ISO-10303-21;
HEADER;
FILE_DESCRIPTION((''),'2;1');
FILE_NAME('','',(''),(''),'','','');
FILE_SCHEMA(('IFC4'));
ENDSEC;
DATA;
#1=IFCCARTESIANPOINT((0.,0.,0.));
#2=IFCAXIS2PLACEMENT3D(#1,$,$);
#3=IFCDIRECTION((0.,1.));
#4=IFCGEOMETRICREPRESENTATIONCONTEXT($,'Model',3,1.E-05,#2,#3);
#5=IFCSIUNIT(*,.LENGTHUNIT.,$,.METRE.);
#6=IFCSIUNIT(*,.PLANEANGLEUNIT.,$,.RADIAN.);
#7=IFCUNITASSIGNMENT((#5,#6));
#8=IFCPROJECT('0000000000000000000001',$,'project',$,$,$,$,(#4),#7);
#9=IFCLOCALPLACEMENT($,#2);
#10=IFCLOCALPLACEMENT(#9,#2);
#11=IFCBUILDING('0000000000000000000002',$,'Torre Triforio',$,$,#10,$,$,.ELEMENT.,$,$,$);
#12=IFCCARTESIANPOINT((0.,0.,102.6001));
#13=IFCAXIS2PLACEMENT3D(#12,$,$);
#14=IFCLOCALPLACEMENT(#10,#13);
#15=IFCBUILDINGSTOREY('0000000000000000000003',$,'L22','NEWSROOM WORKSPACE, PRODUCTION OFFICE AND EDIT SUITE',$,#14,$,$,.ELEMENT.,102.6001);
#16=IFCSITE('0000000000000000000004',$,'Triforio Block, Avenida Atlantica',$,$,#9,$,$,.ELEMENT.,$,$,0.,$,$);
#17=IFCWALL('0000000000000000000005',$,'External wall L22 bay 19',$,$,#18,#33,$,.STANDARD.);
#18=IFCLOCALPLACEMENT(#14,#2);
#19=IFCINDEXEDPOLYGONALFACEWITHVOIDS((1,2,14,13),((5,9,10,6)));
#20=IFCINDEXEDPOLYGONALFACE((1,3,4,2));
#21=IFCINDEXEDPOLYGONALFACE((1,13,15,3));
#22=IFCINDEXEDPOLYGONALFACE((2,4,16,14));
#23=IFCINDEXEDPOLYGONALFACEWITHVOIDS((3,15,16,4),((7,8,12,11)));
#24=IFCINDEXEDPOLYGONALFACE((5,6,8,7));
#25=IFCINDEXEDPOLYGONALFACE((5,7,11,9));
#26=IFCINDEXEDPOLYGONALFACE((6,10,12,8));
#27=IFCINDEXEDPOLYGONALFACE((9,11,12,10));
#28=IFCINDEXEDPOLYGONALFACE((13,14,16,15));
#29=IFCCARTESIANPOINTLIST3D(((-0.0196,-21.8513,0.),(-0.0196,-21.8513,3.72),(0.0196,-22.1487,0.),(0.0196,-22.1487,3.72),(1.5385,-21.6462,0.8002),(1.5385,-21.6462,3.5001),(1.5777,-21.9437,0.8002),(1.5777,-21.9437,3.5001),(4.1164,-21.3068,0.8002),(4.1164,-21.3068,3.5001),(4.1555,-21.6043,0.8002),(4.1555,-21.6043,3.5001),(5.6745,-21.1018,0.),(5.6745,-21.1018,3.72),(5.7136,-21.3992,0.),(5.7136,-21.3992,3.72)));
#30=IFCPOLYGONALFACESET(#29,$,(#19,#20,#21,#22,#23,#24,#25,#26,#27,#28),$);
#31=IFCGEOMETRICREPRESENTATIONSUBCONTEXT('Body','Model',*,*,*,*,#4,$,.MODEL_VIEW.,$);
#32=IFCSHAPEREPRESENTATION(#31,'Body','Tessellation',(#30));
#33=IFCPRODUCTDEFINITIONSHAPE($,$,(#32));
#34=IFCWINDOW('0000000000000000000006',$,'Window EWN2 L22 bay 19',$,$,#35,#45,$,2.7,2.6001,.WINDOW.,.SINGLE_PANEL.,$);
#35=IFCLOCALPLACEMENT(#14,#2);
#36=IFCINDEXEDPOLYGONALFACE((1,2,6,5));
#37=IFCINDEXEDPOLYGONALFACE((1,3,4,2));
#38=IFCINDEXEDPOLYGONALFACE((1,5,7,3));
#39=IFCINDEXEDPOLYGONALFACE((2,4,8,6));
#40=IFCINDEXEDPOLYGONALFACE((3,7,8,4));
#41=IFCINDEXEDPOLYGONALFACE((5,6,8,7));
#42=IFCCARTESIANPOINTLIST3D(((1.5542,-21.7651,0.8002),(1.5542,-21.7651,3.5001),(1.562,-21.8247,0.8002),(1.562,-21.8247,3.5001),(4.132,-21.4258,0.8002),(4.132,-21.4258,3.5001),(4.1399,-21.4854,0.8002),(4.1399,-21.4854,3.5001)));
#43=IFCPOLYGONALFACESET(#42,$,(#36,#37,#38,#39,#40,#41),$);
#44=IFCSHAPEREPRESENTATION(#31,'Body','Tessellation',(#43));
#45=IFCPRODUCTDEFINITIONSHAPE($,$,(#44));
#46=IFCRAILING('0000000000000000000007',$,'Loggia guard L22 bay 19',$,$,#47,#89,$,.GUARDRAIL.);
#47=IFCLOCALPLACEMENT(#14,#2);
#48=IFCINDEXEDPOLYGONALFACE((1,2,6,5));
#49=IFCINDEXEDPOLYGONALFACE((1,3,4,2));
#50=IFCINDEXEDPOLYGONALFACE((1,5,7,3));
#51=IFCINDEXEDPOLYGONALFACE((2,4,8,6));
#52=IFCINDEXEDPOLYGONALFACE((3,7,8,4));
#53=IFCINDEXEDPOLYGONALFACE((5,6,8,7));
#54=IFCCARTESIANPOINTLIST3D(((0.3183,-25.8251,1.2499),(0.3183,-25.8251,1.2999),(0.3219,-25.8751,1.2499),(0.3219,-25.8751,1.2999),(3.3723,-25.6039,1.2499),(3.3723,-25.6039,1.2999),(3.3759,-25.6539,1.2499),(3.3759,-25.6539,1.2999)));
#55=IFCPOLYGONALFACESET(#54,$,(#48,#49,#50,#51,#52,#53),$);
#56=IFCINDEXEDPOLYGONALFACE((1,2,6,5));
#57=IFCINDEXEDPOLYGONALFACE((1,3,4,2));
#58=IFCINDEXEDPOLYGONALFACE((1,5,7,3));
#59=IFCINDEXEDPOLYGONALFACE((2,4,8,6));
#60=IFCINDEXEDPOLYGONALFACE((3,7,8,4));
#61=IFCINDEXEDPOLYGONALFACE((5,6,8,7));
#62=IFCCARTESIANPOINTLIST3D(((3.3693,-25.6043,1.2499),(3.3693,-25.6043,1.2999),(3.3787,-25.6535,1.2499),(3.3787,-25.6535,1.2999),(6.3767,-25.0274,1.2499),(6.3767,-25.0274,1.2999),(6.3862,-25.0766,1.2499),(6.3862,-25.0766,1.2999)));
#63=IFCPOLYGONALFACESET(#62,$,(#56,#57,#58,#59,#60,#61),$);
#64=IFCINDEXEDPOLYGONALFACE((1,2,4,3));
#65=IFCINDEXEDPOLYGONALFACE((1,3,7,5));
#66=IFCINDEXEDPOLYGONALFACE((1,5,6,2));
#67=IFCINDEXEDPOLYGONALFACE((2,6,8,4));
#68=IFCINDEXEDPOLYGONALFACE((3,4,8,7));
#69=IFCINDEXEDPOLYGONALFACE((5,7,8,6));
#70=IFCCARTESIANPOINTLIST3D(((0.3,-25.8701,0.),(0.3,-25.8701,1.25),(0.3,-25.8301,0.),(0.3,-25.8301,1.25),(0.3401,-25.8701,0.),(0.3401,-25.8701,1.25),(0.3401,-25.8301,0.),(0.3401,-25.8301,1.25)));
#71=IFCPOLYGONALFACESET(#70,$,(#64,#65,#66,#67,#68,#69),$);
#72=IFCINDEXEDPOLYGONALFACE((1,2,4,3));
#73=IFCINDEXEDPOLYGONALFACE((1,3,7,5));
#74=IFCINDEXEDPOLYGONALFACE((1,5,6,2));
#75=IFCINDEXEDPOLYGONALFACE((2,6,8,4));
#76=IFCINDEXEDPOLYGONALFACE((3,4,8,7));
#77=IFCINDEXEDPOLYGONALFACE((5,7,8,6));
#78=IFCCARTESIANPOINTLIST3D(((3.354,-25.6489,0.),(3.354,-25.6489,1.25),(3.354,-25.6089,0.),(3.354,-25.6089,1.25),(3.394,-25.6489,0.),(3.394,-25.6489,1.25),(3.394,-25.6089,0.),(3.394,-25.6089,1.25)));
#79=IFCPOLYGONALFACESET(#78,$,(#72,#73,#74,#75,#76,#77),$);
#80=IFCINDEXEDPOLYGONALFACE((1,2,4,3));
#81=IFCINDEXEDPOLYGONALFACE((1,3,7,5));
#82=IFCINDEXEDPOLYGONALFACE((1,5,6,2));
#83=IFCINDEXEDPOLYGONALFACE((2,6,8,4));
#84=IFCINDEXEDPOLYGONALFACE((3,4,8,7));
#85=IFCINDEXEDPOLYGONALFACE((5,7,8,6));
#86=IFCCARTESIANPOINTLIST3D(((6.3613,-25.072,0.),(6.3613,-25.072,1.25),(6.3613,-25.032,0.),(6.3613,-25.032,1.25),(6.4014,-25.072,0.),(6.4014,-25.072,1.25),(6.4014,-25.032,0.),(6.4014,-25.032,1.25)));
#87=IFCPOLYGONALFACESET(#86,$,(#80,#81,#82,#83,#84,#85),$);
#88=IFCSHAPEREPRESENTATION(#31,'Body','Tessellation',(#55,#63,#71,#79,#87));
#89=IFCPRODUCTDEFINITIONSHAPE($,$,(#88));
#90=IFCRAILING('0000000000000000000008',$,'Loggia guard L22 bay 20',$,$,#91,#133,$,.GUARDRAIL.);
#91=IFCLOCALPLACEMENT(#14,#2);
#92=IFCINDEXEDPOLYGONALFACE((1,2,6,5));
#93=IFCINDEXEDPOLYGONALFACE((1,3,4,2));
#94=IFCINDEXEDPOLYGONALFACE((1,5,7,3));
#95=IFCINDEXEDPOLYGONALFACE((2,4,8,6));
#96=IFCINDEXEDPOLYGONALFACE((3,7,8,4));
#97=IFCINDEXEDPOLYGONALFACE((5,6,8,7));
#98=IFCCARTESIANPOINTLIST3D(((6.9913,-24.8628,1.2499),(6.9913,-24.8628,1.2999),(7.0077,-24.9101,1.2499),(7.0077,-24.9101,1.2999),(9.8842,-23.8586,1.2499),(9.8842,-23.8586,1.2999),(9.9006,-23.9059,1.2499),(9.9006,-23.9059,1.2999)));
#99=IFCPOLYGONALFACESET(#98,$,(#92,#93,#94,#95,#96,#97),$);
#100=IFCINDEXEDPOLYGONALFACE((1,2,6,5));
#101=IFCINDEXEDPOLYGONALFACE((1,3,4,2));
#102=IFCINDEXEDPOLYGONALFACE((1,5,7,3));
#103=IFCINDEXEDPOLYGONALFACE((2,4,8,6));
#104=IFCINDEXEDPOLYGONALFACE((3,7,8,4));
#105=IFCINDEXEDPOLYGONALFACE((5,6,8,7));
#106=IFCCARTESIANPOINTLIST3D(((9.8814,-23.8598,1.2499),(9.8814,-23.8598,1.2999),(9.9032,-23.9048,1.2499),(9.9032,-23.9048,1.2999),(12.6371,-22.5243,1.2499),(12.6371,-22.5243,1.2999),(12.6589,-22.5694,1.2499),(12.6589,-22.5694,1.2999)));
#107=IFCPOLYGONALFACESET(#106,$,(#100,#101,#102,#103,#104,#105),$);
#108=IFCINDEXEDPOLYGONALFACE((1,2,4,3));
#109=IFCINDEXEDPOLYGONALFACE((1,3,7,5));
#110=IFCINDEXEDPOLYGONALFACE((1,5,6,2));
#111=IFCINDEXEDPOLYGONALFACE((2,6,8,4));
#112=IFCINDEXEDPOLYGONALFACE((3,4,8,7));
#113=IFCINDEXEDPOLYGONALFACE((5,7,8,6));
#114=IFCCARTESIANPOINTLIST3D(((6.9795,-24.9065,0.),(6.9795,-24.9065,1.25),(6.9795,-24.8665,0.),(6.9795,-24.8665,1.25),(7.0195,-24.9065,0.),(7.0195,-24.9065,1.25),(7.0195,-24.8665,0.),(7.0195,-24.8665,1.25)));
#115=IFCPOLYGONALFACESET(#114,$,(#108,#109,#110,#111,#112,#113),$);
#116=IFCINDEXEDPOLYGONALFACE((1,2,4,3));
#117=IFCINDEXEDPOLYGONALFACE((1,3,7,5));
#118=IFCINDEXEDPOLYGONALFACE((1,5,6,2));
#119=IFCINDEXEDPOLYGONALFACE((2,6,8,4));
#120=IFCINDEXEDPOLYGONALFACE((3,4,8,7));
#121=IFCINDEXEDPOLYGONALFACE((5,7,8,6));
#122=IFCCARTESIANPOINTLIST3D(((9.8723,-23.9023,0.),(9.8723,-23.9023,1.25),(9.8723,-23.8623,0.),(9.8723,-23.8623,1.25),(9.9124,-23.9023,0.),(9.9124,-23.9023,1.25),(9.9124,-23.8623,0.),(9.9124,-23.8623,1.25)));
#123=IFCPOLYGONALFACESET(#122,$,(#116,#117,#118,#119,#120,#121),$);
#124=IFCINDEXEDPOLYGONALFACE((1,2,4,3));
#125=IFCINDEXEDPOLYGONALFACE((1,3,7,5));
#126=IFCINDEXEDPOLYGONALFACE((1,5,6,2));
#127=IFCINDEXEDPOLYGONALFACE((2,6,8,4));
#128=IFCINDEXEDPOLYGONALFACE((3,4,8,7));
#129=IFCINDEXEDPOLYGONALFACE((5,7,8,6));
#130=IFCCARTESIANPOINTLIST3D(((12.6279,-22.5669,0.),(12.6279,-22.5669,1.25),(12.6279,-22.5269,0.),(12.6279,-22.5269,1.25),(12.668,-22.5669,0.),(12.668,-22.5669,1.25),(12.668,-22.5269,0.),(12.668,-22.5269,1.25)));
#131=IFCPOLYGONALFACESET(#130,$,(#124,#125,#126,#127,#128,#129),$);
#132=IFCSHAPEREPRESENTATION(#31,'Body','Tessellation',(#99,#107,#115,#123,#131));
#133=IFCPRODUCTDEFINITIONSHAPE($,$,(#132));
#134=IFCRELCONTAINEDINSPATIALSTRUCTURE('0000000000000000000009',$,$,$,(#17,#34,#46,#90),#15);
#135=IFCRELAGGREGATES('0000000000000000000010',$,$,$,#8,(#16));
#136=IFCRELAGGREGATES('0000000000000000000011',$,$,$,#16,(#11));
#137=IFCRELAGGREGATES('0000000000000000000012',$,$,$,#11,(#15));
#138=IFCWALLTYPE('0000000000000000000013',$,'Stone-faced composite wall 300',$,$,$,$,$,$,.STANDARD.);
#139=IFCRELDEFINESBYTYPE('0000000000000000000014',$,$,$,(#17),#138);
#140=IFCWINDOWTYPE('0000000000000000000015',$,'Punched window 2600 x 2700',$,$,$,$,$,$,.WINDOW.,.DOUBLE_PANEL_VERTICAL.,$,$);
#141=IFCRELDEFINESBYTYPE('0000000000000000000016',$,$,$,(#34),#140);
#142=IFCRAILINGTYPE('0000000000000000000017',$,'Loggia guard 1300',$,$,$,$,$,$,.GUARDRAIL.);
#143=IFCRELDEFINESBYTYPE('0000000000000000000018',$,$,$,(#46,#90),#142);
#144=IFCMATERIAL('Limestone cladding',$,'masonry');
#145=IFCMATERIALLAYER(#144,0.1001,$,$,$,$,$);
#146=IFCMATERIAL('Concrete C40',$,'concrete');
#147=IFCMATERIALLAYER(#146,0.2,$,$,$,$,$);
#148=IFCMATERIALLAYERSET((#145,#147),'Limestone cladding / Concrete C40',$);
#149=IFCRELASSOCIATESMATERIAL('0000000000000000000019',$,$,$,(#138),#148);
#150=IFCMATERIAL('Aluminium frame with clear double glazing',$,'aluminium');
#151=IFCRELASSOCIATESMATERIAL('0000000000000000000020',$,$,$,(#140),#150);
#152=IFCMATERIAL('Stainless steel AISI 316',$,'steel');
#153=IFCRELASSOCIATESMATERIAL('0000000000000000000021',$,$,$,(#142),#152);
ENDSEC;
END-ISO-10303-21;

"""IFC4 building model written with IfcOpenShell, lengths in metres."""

from ifc_helpers import new_model, si_unit, direction, frame, frame_2d, origin, origin_2d, place, context, subcontext, project, spatial, rectangle, extrude, material, layer, layer_set, type_object, element, fill, save


model = new_model("IFC4")

# Units and contexts
model_context = context("Model", 3, precision=1e-05, world=origin(), true_north=direction((0.0, 1.0)))
body_context = subcontext(model_context, "Body", "Model", "MODEL_VIEW")
ifc_project = project(units=[si_unit("LENGTHUNIT", "METRE"), si_unit("PLANEANGLEUNIT", "RADIAN")], contexts=[model_context])

# Site, building, storey
site_placement = place(None, origin())
site = spatial("IfcSite", under=ifc_project, at=site_placement, Name="Triforio Block, Avenida Atlantica", CompositionType="ELEMENT", RefElevation=0.0)
building_placement = place(site_placement, origin())
building = spatial("IfcBuilding", under=site, at=building_placement, Name="Torre Triforio", CompositionType="ELEMENT")
storey_placement = place(building_placement, frame((0.0, 0.0, 102.6001)))
storey = spatial("IfcBuildingStorey", under=building, at=storey_placement, Name="L22", Description="NEWSROOM WORKSPACE, PRODUCTION OFFICE AND EDIT SUITE", CompositionType="ELEMENT", Elevation=102.6001)

# Wall, opening, window
ifc_material_1 = material(Name="Limestone cladding", Category="masonry")
ifc_layer_1 = layer(ifc_material_1, 0.1001)
ifc_material_2 = material(Name="Concrete C40", Category="concrete")
ifc_layer_2 = layer(ifc_material_2, 0.2)
ifc_layer_set_1 = layer_set([ifc_layer_1, ifc_layer_2], Name="Limestone cladding / Concrete C40")
wall_type_1 = type_object("IfcWallType", Name="Stone-faced composite wall 300", PredefinedType="STANDARD", material=ifc_layer_set_1)
wall_1_placement = place(storey_placement, frame((0.0, -22.0, 0.0), z_axis=(0.0, 0.0, 1.0), x_axis=(0.991448, 0.130504, 0.0)))
wall_1 = element("IfcWall", 1, at=wall_1_placement, inside=storey, type_object=wall_type_1, Name="External wall L22 bay 19", PredefinedType="STANDARD", context=body_context, shape_type="SweptSolid", body=[
    extrude(rectangle(XDim=5.7432, YDim=0.3, at=frame_2d((2.8716, 0.0))), origin(), (0.0, 0.0, 1.0), 3.72),
])
opening_1_placement = place(wall_1_placement, frame((1.5715, 0.0, 0.8)))
opening_1 = element("IfcOpeningElement", 2, at=opening_1_placement, cuts=wall_1, PredefinedType="OPENING", context=body_context, shape_type="SweptSolid", body=[
    extrude(rectangle(XDim=2.6001, YDim=2.7, at=frame_2d((1.3, 1.3501))), frame((0.0, 0.1599, 0.0), z_axis=(0.0, -1.0, 0.0), x_axis=(1.0, 0.0, 0.0)), (0.0, 0.0, 1.0), 0.3201),
])
ifc_material_3 = material(Name="Aluminium frame with clear double glazing", Category="aluminium")
window_type_1 = type_object("IfcWindowType", Name="Punched window 2600 x 2700", PartitioningType="DOUBLE_PANEL_VERTICAL", PredefinedType="WINDOW", material=ifc_material_3)
window_1_placement = place(opening_1_placement, origin())
window_1 = element("IfcWindow", 3, at=window_1_placement, inside=storey, type_object=window_type_1, Name="Window EWN2 L22 bay 19", OverallHeight=2.7, OverallWidth=2.6001, PartitioningType="SINGLE_PANEL", PredefinedType="WINDOW", context=body_context, shape_type="SweptSolid", body=[
    extrude(rectangle(XDim=2.6001, YDim=2.7, at=frame_2d((1.3, 1.3501))), frame((0.0, 0.03, 0.0), z_axis=(0.0, -1.0, 0.0), x_axis=(1.0, 0.0, 0.0)), (0.0, 0.0, 1.0), 0.0601),
])
fill(opening_1, window_1)

# Railings
ifc_material_4 = material(Name="Stainless steel AISI 316", Category="steel")
railing_type = type_object("IfcRailingType", Name="Loggia guard 1300", PredefinedType="GUARDRAIL", material=ifc_material_4)
railing_1_placement = place(storey_placement, frame((0.3201, -25.8501, 0.0)))
element("IfcRailing", 4, at=railing_1_placement, inside=storey, type_object=railing_type, Name="Loggia guard L22 bay 19", PredefinedType="GUARDRAIL", context=body_context, shape_type="SweptSolid", body=[
    extrude(rectangle(XDim=0.05, YDim=0.05, at=origin_2d()), frame((0.0, 0.0, 1.2749), z_axis=(0.997387, 0.072239, 0.0), x_axis=(-0.072239, 0.997387, 0.0)), (0.0, 0.0, 1.0), 3.062),
    extrude(rectangle(XDim=0.05, YDim=0.05, at=origin_2d()), frame((3.054, 0.2212, 1.2749), z_axis=(0.982093, 0.188398, 0.0), x_axis=(-0.188398, 0.982093, 0.0)), (0.0, 0.0, 1.0), 3.0623),
    extrude(rectangle(XDim=0.04, YDim=0.04, at=origin_2d()), origin(), (0.0, 0.0, 1.0), 1.25),
    extrude(rectangle(XDim=0.04, YDim=0.04, at=origin_2d()), frame((3.054, 0.2212, 0.0)), (0.0, 0.0, 1.0), 1.25),
    extrude(rectangle(XDim=0.04, YDim=0.04, at=origin_2d()), frame((6.0613, 0.7981, 0.0)), (0.0, 0.0, 1.0), 1.25),
])
railing_2_placement = place(storey_placement, frame((6.9995, -24.8865, 0.0)))
element("IfcRailing", 5, at=railing_2_placement, inside=storey, type_object=railing_type, Name="Loggia guard L22 bay 20", PredefinedType="GUARDRAIL", context=body_context, shape_type="SweptSolid", body=[
    extrude(rectangle(XDim=0.05, YDim=0.05, at=origin_2d()), frame((0.0, 0.0, 1.2749), z_axis=(0.944704, 0.327924, 0.0), x_axis=(-0.327924, 0.944704, 0.0)), (0.0, 0.0, 1.0), 3.0623),
    extrude(rectangle(XDim=0.05, YDim=0.05, at=origin_2d()), frame((2.8928, 1.0042, 1.2749), z_axis=(0.899892, 0.436113, 0.0), x_axis=(-0.436113, 0.899892, 0.0)), (0.0, 0.0, 1.0), 3.0623),
    extrude(rectangle(XDim=0.04, YDim=0.04, at=origin_2d()), origin(), (0.0, 0.0, 1.0), 1.25),
    extrude(rectangle(XDim=0.04, YDim=0.04, at=origin_2d()), frame((2.8928, 1.0042, 0.0)), (0.0, 0.0, 1.0), 1.25),
    extrude(rectangle(XDim=0.04, YDim=0.04, at=origin_2d()), frame((5.6484, 2.3396, 0.0)), (0.0, 0.0, 1.0), 1.25),
])

save(model, "model.ifc")
